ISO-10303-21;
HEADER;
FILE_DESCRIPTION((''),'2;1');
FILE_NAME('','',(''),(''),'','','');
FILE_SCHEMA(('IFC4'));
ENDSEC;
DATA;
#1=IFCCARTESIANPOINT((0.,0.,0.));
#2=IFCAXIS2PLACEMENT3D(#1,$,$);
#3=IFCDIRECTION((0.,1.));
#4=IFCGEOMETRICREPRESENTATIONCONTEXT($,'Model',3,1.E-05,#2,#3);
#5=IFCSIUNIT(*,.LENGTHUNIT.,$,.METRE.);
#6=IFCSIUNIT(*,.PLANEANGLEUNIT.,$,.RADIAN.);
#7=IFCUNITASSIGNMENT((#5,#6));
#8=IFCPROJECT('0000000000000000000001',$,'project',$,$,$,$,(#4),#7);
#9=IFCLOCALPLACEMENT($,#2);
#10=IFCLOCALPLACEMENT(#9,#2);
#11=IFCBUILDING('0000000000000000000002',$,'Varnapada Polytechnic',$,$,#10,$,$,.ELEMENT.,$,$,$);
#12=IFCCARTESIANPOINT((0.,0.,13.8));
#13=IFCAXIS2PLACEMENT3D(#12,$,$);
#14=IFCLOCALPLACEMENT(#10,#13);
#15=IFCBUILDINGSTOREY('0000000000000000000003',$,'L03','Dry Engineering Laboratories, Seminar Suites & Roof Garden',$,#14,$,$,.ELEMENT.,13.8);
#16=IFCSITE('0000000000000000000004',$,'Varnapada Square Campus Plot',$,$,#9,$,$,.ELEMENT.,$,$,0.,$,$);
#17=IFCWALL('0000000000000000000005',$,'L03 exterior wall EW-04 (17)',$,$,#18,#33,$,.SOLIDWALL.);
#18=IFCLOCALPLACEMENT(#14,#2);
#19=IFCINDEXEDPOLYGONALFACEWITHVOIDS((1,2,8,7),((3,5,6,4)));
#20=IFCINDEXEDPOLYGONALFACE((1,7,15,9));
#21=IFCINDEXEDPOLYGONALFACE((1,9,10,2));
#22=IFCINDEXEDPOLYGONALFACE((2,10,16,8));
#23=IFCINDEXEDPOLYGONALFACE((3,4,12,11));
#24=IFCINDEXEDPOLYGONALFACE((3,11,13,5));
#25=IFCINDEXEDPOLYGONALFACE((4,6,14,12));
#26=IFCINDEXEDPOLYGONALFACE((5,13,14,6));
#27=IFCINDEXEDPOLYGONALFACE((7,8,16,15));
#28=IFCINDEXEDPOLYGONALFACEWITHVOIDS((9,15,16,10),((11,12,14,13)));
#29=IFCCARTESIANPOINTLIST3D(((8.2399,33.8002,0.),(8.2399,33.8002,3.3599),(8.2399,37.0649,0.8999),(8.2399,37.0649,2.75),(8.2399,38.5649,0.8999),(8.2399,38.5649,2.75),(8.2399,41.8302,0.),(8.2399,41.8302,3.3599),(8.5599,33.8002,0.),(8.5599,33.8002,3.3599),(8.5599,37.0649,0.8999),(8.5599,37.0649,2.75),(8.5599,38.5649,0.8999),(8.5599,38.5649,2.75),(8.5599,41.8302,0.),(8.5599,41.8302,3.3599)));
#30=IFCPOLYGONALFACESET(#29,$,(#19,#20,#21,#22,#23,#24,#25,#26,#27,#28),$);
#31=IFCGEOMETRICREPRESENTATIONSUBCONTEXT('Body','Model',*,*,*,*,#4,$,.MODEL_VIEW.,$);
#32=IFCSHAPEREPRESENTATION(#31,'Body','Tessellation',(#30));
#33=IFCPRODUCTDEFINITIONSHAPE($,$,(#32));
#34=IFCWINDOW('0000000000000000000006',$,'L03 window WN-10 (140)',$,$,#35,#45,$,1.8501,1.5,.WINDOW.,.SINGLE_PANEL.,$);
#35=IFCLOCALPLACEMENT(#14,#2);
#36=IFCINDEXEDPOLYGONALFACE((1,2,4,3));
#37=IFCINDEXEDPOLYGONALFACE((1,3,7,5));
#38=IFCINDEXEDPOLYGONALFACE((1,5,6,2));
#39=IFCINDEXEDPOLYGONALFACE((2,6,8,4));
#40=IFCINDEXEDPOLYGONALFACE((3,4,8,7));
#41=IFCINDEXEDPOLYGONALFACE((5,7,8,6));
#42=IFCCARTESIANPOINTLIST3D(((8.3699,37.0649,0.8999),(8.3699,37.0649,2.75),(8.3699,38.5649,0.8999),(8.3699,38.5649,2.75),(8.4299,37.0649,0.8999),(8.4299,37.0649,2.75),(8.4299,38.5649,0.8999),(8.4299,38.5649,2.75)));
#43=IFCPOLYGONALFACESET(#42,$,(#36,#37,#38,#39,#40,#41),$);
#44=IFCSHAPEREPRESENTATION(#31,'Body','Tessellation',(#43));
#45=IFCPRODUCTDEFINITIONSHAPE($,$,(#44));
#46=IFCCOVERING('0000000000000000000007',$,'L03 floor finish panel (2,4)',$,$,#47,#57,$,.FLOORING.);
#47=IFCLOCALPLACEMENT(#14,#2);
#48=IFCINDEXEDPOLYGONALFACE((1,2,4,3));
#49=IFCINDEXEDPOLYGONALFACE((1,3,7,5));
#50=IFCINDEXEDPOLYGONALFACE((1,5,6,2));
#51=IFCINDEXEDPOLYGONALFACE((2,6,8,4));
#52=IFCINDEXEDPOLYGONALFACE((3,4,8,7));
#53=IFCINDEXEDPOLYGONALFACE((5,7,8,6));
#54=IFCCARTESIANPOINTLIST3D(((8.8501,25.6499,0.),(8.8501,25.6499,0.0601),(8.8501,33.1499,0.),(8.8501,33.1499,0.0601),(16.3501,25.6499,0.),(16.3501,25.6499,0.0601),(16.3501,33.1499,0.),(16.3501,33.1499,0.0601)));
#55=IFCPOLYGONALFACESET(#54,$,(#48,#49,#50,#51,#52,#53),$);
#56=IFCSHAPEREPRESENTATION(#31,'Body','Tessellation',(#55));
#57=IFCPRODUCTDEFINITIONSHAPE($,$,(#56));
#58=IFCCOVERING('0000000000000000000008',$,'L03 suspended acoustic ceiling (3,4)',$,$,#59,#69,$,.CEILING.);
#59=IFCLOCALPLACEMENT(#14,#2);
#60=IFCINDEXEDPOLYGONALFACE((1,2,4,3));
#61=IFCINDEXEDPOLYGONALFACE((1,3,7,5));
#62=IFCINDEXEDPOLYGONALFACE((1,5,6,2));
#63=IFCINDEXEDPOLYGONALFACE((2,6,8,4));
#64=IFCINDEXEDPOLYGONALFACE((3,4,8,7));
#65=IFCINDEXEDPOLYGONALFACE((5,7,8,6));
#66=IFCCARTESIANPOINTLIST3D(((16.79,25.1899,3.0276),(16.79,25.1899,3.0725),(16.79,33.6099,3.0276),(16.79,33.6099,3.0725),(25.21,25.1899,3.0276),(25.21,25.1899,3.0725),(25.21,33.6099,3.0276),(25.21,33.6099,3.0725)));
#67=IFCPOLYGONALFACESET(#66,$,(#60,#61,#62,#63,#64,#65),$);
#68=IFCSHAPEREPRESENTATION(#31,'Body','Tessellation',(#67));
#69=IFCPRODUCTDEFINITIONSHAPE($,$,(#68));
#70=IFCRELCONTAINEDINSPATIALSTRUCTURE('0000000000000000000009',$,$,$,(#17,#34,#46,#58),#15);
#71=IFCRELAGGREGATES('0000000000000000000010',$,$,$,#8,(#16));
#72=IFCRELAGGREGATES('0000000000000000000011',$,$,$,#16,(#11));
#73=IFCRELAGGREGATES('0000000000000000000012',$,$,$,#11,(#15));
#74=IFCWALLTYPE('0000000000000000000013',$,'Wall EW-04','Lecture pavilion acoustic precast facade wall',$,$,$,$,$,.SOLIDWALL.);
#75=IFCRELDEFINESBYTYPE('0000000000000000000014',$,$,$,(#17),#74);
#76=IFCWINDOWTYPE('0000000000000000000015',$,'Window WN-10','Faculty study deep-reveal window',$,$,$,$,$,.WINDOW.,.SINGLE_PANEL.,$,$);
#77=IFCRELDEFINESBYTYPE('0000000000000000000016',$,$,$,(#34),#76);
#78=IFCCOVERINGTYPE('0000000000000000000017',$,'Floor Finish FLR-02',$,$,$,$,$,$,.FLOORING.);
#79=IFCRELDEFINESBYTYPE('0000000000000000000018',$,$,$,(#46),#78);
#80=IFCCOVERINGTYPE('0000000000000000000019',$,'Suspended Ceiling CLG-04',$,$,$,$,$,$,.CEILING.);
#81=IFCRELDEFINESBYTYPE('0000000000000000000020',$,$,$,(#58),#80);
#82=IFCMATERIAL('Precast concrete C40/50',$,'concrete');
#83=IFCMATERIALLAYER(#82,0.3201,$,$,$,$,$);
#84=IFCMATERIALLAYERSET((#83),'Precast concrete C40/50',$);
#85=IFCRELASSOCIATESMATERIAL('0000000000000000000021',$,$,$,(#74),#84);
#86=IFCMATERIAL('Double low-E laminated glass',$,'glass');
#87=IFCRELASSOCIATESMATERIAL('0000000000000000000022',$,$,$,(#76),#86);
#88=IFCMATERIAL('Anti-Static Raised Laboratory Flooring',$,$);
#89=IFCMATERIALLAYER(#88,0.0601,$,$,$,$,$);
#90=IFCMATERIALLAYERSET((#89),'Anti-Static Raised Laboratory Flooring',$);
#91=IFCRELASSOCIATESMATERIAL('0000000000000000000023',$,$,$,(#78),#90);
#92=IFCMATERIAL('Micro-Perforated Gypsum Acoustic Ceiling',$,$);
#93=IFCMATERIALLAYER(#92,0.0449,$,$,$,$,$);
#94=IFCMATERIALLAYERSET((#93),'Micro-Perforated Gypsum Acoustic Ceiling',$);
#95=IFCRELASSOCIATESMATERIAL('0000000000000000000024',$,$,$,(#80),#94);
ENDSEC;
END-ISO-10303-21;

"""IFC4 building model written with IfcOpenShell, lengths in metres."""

from ifc_helpers import new_model, si_unit, direction, frame, frame_2d, origin, origin_2d, place, context, subcontext, project, spatial, rectangle, extrude, material, layer, layer_set, type_object, element, fill, save


model = new_model("IFC4")

# Units and contexts
model_context = context("Model", 3, precision=1e-05, world=origin(), true_north=direction((0.0, 1.0)))
body_context = subcontext(model_context, "Body", "Model", "MODEL_VIEW")
ifc_project = project(units=[si_unit("LENGTHUNIT", "METRE"), si_unit("PLANEANGLEUNIT", "RADIAN")], contexts=[model_context])

# Site, building, storey
site_placement = place(None, origin())
site = spatial("IfcSite", under=ifc_project, at=site_placement, Name="Varnapada Square Campus Plot", CompositionType="ELEMENT", RefElevation=0.0)
building_placement = place(site_placement, origin())
building = spatial("IfcBuilding", under=site, at=building_placement, Name="Varnapada Polytechnic", CompositionType="ELEMENT")
storey_placement = place(building_placement, frame((0.0, 0.0, 13.8)))
storey = spatial("IfcBuildingStorey", under=building, at=storey_placement, Name="L03", Description="Dry Engineering Laboratories, Seminar Suites & Roof Garden", CompositionType="ELEMENT", Elevation=13.8)

# Shared definitions
ifc_material_1 = material(Name="Double low-E laminated glass", Category="glass")

# Wall, opening, window
ifc_material_2 = material(Name="Precast concrete C40/50", Category="concrete")
ifc_layer_1 = layer(ifc_material_2, 0.3201)
ifc_layer_set_1 = layer_set([ifc_layer_1], Name="Precast concrete C40/50")
wall_type_1 = type_object("IfcWallType", Name="Wall EW-04", Description="Lecture pavilion acoustic precast facade wall", PredefinedType="SOLIDWALL", material=ifc_layer_set_1)
wall_1_placement = place(storey_placement, frame((8.3999, 33.8, 0.0), z_axis=(0.0, 0.0, 1.0), x_axis=(0.0, 1.0, 0.0)))
wall_1 = element("IfcWall", 1, at=wall_1_placement, inside=storey, type_object=wall_type_1, Name="L03 exterior wall EW-04 (17)", PredefinedType="SOLIDWALL", context=body_context, shape_type="SweptSolid", body=[
    extrude(rectangle(XDim=8.03, YDim=0.3201, at=frame_2d((4.0151, 0.0))), origin(), (0.0, 0.0, 1.0), 3.3599),
])
opening_1_placement = place(wall_1_placement, frame((3.2649, 0.0, 0.8999)))
opening_1 = element("IfcOpeningElement", 2, at=opening_1_placement, cuts=wall_1, PredefinedType="OPENING", context=body_context, shape_type="SweptSolid", body=[
    extrude(rectangle(XDim=1.5, YDim=1.8501, at=frame_2d((0.75, 0.925))), frame((0.0, 0.1699, 0.0), z_axis=(0.0, -1.0, 0.0), x_axis=(1.0, 0.0, 0.0)), (0.0, 0.0, 1.0), 0.3401),
])
window_type = type_object("IfcWindowType", Name="Window WN-10", Description="Faculty study deep-reveal window", PartitioningType="SINGLE_PANEL", PredefinedType="WINDOW", material=ifc_material_1)
window_placement = place(opening_1_placement, origin())
window = element("IfcWindow", 3, at=window_placement, inside=storey, type_object=window_type, Name="L03 window WN-10 (140)", OverallHeight=1.8501, OverallWidth=1.5, PartitioningType="SINGLE_PANEL", PredefinedType="WINDOW", context=body_context, shape_type="SweptSolid", body=[
    extrude(rectangle(XDim=1.5, YDim=1.8501, at=frame_2d((0.75, 0.925))), frame((0.0, 0.03, 0.0), z_axis=(0.0, -1.0, 0.0), x_axis=(1.0, 0.0, 0.0)), (0.0, 0.0, 1.0), 0.0601),
])
fill(opening_1, window)

# Coverings
ifc_material_3 = material(Name="Anti-Static Raised Laboratory Flooring")
ifc_layer_2 = layer(ifc_material_3, 0.0601)
ifc_layer_set_2 = layer_set([ifc_layer_2], Name="Anti-Static Raised Laboratory Flooring")
covering_type_1 = type_object("IfcCoveringType", Name="Floor Finish FLR-02", PredefinedType="FLOORING", material=ifc_layer_set_2)
covering_1_placement = place(storey_placement, frame((12.6001, 29.3999, 0.0), z_axis=(0.0, 0.0, 1.0), x_axis=(1.0, 0.0, 0.0)))
element("IfcCovering", 4, at=covering_1_placement, inside=storey, type_object=covering_type_1, Name="L03 floor finish panel (2,4)", PredefinedType="FLOORING", context=body_context, shape_type="SweptSolid", body=[
    extrude(rectangle(XDim=7.5, YDim=7.5, at=origin_2d()), origin(), (0.0, 0.0, 1.0), 0.0601),
])
ifc_material_4 = material(Name="Micro-Perforated Gypsum Acoustic Ceiling")
ifc_layer_3 = layer(ifc_material_4, 0.0449)
ifc_layer_set_3 = layer_set([ifc_layer_3], Name="Micro-Perforated Gypsum Acoustic Ceiling")
covering_type_2 = type_object("IfcCoveringType", Name="Suspended Ceiling CLG-04", PredefinedType="CEILING", material=ifc_layer_set_3)
covering_2_placement = place(storey_placement, frame((21.0, 29.3999, 3.0276), z_axis=(0.0, 0.0, 1.0), x_axis=(1.0, 0.0, 0.0)))
element("IfcCovering", 5, at=covering_2_placement, inside=storey, type_object=covering_type_2, Name="L03 suspended acoustic ceiling (3,4)", PredefinedType="CEILING", context=body_context, shape_type="SweptSolid", body=[
    extrude(rectangle(XDim=8.4199, YDim=8.4199, at=origin_2d()), origin(), (0.0, 0.0, 1.0), 0.0449),
])

save(model, "model.ifc")
